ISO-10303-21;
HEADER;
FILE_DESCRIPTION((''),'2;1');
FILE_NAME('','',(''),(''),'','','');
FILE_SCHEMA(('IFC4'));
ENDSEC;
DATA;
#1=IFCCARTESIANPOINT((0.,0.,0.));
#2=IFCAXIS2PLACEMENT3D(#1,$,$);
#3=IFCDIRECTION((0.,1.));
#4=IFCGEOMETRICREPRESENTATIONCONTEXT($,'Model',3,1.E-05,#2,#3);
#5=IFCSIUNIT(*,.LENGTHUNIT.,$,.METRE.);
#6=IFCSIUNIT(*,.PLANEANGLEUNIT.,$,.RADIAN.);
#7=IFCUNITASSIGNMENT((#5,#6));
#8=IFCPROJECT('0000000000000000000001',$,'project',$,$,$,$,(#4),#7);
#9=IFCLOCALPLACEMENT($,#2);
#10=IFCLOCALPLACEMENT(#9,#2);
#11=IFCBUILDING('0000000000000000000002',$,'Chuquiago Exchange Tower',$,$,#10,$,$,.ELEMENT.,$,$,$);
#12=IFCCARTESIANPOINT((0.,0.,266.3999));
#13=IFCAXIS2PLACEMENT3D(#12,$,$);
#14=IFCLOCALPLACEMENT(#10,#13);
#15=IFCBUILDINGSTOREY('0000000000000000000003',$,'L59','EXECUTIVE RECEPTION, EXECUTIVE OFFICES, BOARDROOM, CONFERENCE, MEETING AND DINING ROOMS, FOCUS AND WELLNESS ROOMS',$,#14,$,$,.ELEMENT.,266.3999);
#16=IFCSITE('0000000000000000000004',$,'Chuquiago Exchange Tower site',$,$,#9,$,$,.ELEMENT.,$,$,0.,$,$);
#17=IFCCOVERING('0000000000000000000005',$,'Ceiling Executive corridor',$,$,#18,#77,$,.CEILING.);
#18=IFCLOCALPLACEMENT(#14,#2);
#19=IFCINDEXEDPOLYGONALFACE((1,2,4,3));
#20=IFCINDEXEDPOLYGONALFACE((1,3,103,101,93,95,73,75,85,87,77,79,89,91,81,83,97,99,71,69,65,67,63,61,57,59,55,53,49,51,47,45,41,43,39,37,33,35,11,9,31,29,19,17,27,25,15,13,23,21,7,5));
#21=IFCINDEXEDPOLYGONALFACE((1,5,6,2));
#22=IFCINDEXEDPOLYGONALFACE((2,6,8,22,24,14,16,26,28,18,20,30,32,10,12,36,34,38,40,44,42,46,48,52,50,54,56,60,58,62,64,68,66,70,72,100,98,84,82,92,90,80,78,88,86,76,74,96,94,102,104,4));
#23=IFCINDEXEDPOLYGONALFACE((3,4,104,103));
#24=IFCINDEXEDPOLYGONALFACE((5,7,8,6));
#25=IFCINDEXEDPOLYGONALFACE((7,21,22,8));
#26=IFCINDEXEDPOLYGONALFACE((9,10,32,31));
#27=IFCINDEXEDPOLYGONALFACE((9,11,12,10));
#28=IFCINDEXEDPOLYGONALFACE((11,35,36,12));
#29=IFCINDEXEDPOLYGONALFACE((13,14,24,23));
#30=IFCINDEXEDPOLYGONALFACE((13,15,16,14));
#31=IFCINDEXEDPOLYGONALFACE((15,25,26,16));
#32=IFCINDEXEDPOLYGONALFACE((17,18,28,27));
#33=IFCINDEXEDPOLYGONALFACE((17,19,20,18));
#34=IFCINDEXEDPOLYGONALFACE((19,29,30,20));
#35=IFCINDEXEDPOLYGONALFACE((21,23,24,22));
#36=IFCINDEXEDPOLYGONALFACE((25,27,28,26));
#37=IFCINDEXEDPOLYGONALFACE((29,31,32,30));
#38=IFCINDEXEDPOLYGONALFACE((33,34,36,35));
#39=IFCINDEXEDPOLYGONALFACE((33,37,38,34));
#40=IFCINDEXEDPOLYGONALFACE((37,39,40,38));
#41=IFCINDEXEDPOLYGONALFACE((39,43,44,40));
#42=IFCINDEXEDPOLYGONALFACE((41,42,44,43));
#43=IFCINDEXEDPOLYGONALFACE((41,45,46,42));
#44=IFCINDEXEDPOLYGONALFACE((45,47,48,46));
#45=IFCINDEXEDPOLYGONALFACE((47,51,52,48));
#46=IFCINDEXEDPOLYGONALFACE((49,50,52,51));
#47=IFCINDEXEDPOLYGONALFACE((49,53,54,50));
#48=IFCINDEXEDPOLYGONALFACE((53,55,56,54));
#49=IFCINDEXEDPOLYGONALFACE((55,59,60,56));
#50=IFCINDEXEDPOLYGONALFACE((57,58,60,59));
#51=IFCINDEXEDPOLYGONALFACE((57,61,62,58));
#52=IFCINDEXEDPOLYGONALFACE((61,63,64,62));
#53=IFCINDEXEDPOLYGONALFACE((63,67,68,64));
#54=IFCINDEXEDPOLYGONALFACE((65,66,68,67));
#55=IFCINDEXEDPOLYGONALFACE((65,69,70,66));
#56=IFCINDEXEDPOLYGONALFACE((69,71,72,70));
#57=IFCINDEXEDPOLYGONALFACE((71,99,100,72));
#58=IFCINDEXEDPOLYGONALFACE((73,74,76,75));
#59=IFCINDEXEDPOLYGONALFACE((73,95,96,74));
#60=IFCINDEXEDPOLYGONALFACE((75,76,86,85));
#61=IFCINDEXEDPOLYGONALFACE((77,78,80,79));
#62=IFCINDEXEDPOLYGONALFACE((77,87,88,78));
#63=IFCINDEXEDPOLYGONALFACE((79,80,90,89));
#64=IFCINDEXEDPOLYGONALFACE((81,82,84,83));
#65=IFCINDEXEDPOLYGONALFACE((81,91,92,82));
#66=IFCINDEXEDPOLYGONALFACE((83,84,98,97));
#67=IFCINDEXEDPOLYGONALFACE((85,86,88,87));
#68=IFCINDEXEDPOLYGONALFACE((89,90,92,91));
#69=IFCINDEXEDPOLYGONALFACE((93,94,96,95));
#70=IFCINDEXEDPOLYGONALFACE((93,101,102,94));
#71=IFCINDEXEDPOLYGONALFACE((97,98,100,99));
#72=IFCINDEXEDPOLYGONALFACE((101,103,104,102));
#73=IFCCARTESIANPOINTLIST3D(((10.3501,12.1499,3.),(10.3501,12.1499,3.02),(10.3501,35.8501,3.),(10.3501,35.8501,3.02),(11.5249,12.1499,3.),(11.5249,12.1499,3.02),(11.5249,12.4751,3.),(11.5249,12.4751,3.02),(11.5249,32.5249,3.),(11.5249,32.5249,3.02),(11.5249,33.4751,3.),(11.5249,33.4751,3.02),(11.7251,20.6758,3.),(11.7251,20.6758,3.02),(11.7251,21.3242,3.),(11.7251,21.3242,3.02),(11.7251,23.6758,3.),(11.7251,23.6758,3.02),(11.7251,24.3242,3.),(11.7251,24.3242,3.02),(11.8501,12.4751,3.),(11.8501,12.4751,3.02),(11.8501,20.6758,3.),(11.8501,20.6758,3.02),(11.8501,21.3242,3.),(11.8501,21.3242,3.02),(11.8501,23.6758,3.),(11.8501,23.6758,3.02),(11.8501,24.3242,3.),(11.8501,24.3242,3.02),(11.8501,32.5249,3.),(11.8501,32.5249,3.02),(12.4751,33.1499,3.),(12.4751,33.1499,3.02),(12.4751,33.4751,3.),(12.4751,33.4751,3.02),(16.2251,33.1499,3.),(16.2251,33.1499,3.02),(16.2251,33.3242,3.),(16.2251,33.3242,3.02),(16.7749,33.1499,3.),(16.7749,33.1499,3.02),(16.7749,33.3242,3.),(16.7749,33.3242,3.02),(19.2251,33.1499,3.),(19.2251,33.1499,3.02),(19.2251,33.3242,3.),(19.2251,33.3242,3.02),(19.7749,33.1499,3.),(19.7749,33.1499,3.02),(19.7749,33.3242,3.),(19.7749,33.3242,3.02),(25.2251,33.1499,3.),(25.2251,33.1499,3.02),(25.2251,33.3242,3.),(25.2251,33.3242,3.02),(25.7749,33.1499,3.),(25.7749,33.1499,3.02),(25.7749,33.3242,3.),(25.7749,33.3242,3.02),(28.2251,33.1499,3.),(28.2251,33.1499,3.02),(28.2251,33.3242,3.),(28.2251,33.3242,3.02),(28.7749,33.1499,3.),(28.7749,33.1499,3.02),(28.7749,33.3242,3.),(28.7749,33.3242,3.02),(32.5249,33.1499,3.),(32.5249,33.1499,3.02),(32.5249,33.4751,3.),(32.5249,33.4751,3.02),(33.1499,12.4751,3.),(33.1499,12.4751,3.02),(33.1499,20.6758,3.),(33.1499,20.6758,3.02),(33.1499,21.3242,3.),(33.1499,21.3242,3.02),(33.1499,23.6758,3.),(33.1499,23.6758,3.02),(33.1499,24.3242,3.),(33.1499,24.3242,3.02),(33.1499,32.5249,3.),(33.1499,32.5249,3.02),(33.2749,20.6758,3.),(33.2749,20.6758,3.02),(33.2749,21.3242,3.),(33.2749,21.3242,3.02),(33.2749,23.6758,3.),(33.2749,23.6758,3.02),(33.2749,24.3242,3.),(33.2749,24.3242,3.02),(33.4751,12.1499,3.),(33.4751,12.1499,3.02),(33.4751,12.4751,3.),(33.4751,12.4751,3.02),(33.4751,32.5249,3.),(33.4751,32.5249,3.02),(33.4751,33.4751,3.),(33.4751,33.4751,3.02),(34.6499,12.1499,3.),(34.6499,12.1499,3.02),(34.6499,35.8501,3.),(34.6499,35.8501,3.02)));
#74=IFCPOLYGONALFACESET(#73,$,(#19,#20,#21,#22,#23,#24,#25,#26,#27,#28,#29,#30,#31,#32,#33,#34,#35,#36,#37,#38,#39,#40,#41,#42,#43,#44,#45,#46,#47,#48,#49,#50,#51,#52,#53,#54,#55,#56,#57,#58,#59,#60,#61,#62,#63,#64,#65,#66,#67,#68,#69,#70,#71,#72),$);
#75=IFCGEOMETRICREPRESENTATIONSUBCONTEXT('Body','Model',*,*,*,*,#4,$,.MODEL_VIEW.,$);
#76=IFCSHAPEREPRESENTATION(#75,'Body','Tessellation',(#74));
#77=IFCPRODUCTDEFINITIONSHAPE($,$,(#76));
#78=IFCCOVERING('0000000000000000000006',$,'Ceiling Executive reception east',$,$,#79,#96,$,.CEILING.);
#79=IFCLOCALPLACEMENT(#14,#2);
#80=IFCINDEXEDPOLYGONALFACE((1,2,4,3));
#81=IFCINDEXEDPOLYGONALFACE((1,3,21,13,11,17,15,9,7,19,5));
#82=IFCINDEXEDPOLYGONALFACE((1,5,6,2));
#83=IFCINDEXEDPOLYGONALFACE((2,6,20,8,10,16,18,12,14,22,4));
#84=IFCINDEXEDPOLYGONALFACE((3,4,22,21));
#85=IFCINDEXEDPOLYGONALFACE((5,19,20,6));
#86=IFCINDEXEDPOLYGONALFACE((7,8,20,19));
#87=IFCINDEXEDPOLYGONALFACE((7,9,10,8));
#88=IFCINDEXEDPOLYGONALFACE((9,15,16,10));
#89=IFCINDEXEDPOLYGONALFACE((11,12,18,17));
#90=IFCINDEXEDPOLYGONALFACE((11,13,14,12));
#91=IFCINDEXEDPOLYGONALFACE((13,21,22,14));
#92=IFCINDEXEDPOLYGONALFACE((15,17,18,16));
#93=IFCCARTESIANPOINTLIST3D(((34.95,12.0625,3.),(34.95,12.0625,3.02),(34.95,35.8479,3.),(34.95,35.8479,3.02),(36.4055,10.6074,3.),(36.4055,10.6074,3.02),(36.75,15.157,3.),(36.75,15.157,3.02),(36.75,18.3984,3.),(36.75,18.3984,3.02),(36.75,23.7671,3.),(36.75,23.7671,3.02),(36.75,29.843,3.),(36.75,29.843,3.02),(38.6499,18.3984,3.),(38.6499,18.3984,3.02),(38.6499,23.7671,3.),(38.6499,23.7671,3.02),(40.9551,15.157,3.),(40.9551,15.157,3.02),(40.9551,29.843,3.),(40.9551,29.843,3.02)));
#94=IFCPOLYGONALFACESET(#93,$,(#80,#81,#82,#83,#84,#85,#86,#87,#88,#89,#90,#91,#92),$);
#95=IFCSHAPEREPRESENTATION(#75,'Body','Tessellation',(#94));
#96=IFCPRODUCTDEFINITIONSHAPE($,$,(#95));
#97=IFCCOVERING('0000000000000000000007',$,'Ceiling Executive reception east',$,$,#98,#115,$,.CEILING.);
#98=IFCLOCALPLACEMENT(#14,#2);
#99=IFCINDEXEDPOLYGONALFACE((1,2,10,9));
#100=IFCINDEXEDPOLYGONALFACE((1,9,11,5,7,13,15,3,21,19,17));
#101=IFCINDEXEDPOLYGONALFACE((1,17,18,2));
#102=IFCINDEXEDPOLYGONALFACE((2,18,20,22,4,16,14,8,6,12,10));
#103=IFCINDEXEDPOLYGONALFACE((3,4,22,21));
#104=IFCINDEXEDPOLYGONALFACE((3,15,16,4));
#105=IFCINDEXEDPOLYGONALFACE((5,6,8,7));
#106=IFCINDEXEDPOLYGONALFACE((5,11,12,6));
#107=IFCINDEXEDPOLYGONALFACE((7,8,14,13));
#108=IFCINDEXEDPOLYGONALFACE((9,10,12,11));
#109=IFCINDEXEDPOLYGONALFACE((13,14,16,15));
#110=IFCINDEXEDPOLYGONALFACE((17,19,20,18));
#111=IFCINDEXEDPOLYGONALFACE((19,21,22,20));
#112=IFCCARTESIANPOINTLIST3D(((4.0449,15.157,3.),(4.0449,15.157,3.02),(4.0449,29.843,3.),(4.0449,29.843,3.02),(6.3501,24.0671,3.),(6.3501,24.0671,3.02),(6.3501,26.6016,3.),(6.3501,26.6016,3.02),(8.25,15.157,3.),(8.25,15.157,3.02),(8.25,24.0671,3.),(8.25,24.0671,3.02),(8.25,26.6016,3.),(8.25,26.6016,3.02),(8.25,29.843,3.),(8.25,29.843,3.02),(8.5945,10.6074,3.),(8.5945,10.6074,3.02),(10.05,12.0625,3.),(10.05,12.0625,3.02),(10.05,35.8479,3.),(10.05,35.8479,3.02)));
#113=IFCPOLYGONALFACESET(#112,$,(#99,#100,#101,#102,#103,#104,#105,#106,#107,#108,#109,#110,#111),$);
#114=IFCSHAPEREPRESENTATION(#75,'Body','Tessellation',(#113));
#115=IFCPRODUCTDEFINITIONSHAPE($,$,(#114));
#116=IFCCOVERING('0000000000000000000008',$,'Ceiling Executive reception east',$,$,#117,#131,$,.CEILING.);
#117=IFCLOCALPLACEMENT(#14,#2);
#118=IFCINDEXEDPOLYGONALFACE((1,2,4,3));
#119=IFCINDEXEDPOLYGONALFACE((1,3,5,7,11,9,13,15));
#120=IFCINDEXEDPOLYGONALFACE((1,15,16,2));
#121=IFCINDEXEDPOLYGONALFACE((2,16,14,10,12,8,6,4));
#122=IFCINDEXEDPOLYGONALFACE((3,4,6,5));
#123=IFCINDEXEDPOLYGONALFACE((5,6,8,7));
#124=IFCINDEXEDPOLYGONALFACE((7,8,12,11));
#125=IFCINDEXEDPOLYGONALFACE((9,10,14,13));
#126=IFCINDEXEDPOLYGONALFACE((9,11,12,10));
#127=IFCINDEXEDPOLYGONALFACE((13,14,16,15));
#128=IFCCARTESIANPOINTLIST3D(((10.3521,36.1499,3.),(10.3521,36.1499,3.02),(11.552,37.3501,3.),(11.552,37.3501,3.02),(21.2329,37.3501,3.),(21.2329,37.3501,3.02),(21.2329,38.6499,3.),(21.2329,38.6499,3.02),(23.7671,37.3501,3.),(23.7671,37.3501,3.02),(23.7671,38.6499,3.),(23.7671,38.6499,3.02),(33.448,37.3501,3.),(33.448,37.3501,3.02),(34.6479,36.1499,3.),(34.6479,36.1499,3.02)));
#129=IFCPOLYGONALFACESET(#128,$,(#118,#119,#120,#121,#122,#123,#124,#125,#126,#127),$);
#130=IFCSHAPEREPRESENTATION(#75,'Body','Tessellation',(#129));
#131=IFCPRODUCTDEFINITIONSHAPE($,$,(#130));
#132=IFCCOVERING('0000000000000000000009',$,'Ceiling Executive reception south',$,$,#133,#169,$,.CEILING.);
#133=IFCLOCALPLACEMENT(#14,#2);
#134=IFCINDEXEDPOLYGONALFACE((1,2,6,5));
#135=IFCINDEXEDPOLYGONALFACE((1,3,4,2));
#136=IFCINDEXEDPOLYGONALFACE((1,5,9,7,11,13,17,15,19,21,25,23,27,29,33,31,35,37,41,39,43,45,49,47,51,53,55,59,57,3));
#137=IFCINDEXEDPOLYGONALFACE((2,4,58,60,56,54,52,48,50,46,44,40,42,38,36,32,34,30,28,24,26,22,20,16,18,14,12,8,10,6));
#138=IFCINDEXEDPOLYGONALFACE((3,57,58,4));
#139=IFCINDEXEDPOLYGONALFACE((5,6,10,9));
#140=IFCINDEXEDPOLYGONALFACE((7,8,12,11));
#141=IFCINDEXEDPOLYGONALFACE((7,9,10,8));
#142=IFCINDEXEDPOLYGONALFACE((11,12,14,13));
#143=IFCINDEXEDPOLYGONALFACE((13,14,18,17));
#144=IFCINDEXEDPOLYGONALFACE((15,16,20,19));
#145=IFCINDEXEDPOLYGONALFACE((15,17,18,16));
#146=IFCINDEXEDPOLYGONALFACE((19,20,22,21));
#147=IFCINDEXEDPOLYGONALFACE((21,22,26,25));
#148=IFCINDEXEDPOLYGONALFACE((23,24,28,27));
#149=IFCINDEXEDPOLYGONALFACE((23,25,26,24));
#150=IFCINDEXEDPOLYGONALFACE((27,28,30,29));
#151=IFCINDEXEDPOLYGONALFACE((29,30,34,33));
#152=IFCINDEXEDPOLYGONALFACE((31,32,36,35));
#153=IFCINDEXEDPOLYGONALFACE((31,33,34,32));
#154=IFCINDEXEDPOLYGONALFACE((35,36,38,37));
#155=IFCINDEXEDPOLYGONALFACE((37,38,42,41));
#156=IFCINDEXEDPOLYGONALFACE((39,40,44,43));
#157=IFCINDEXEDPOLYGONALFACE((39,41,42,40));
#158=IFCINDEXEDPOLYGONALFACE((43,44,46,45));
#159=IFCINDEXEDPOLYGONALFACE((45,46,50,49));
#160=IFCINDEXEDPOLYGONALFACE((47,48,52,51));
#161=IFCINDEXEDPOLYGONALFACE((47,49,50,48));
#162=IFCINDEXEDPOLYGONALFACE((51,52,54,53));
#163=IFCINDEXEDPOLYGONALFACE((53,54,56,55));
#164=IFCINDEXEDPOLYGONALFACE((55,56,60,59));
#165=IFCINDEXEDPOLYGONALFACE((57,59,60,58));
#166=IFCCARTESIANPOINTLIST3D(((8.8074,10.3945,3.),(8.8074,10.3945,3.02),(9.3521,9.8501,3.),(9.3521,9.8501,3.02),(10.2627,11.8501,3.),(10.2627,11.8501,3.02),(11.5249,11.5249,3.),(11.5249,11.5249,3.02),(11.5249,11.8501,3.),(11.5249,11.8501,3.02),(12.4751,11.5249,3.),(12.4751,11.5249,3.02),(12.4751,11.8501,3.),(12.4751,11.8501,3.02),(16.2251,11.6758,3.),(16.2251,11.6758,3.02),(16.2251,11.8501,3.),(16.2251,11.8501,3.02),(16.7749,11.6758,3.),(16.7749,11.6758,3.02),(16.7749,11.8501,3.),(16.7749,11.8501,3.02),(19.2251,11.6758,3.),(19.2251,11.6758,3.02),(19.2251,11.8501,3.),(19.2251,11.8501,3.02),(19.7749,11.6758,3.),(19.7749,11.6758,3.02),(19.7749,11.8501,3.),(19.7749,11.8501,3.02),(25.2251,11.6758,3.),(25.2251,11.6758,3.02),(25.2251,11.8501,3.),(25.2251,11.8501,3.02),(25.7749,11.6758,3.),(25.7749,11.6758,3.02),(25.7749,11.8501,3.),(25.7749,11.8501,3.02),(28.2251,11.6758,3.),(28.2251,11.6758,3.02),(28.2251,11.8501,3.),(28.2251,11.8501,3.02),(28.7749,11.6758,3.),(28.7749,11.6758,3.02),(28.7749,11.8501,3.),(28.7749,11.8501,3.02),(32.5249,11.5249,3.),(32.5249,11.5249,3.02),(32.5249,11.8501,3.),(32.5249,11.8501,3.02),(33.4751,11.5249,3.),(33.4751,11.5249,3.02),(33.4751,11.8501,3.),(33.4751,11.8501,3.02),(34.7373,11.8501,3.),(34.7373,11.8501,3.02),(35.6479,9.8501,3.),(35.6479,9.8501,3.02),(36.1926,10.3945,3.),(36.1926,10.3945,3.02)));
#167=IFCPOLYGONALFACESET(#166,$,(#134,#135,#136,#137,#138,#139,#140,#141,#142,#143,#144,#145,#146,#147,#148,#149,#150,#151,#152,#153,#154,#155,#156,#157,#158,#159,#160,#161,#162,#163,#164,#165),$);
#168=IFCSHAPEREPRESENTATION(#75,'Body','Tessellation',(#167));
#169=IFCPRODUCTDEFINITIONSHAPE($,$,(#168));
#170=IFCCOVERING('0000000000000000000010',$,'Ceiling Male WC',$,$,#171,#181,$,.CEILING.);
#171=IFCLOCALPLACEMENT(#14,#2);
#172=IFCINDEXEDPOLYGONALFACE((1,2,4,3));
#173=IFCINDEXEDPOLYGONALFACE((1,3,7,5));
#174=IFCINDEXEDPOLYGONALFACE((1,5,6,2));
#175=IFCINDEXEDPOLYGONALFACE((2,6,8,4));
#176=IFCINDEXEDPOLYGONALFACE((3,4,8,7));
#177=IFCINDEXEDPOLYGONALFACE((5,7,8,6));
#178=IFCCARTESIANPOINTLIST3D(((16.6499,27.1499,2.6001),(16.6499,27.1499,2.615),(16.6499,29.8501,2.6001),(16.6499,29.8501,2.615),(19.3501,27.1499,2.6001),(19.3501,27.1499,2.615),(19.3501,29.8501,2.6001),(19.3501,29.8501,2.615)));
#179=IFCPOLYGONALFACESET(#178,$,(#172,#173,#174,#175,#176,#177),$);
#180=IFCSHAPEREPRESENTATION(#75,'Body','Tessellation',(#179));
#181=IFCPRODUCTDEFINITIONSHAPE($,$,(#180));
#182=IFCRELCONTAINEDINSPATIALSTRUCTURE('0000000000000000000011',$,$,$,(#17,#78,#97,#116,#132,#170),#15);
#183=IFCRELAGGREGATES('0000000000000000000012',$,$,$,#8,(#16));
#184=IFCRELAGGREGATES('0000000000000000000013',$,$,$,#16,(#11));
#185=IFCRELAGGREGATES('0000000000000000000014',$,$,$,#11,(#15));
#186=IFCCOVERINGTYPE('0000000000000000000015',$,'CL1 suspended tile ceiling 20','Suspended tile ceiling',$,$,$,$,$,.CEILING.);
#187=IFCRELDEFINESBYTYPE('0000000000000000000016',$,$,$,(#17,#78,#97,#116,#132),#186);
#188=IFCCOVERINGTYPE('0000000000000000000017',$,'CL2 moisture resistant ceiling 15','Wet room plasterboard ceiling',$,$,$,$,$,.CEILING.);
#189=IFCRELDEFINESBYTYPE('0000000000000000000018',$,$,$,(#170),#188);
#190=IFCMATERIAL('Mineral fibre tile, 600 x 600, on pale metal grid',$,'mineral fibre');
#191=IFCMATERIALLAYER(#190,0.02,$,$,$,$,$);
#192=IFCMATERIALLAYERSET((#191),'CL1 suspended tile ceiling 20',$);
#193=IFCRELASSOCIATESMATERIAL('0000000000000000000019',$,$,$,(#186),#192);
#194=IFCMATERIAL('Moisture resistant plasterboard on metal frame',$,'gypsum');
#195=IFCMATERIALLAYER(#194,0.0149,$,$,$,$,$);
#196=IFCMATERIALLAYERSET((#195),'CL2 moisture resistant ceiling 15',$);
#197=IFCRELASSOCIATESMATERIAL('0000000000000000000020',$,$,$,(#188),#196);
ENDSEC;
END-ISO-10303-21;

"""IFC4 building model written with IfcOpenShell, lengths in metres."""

from ifc_helpers import new_model, si_unit, direction, frame, origin, place, context, subcontext, project, spatial, polyline, outline, extrude, material, layer, layer_set, type_object, element, save


model = new_model("IFC4")

# Units and contexts
model_context = context("Model", 3, precision=1e-05, world=origin(), true_north=direction((0.0, 1.0)))
body_context = subcontext(model_context, "Body", "Model", "MODEL_VIEW")
ifc_project = project(units=[si_unit("LENGTHUNIT", "METRE"), si_unit("PLANEANGLEUNIT", "RADIAN")], contexts=[model_context])

# Site, building, storey
site_placement = place(None, origin())
site = spatial("IfcSite", under=ifc_project, at=site_placement, Name="Chuquiago Exchange Tower site", CompositionType="ELEMENT", RefElevation=0.0)
building_placement = place(site_placement, origin())
building = spatial("IfcBuilding", under=site, at=building_placement, Name="Chuquiago Exchange Tower", CompositionType="ELEMENT")
storey_placement = place(building_placement, frame((0.0, 0.0, 266.3999)))
storey = spatial("IfcBuildingStorey", under=building, at=storey_placement, Name="L59", Description="EXECUTIVE RECEPTION, EXECUTIVE OFFICES, BOARDROOM, CONFERENCE, MEETING AND DINING ROOMS, FOCUS AND WELLNESS ROOMS", CompositionType="ELEMENT", Elevation=266.3999)

# Coverings
ifc_material_1 = material(Name="Mineral fibre tile, 600 x 600, on pale metal grid", Category="mineral fibre")
ifc_layer_1 = layer(ifc_material_1, 0.02)
ifc_layer_set_1 = layer_set([ifc_layer_1], Name="CL1 suspended tile ceiling 20")
covering_type_1 = type_object("IfcCoveringType", Name="CL1 suspended tile ceiling 20", Description="Suspended tile ceiling", PredefinedType="CEILING", material=ifc_layer_set_1)
covering_1_placement = place(storey_placement, frame((0.0, 0.0, 3.0)))
element("IfcCovering", 1, at=covering_1_placement, inside=storey, type_object=covering_type_1, Name="Ceiling Executive corridor", PredefinedType="CEILING", context=body_context, shape_type="SweptSolid", body=[
    extrude(outline(polyline([(10.3501, 12.1499), (10.3501, 35.8501), (34.6499, 35.8501), (34.6499, 12.1499), (33.4751, 12.1499), (33.4751, 12.4751), (33.1499, 12.4751), (33.1499, 20.6758), (33.2749, 20.6758), (33.2749, 21.3242), (33.1499, 21.3242), (33.1499, 23.6758), (33.2749, 23.6758), (33.2749, 24.3242), (33.1499, 24.3242), (33.1499, 32.5249), (33.4751, 32.5249), (33.4751, 33.4751), (32.5249, 33.4751), (32.5249, 33.1499), (28.7749, 33.1499), (28.7749, 33.3242), (28.2251, 33.3242), (28.2251, 33.1499), (25.7749, 33.1499), (25.7749, 33.3242), (25.2251, 33.3242), (25.2251, 33.1499), (19.7749, 33.1499), (19.7749, 33.3242), (19.2251, 33.3242), (19.2251, 33.1499), (16.7749, 33.1499), (16.7749, 33.3242), (16.2251, 33.3242), (16.2251, 33.1499), (12.4751, 33.1499), (12.4751, 33.4751), (11.5249, 33.4751), (11.5249, 32.5249), (11.8501, 32.5249), (11.8501, 24.3242), (11.7251, 24.3242), (11.7251, 23.6758), (11.8501, 23.6758), (11.8501, 21.3242), (11.7251, 21.3242), (11.7251, 20.6758), (11.8501, 20.6758), (11.8501, 12.4751), (11.5249, 12.4751), (11.5249, 12.1499), (10.3501, 12.1499)])), origin(), (0.0, 0.0, 1.0), 0.02),
])
covering_2_placement = place(storey_placement, frame((0.0, 0.0, 3.0)))
element("IfcCovering", 2, at=covering_2_placement, inside=storey, type_object=covering_type_1, Name="Ceiling Executive reception east", PredefinedType="CEILING", context=body_context, shape_type="SweptSolid", body=[
    extrude(outline(polyline([(40.9551, 29.843), (36.75, 29.843), (36.75, 23.7671), (38.6499, 23.7671), (38.6499, 18.3984), (36.75, 18.3984), (36.75, 15.157), (40.9551, 15.157), (36.4055, 10.6074), (34.95, 12.0625), (34.95, 35.8479), (40.9551, 29.843)])), origin(), (0.0, 0.0, 1.0), 0.02),
])
covering_3_placement = place(storey_placement, frame((0.0, 0.0, 3.0)))
element("IfcCovering", 3, at=covering_3_placement, inside=storey, type_object=covering_type_1, Name="Ceiling Executive reception east", PredefinedType="CEILING", context=body_context, shape_type="SweptSolid", body=[
    extrude(outline(polyline([(10.05, 35.8479), (10.05, 12.0625), (8.5945, 10.6074), (4.0449, 15.157), (8.25, 15.157), (8.25, 24.0671), (6.3501, 24.0671), (6.3501, 26.6016), (8.25, 26.6016), (8.25, 29.843), (4.0449, 29.843), (10.05, 35.8479)])), origin(), (0.0, 0.0, 1.0), 0.02),
])
covering_4_placement = place(storey_placement, frame((0.0, 0.0, 3.0)))
element("IfcCovering", 4, at=covering_4_placement, inside=storey, type_object=covering_type_1, Name="Ceiling Executive reception east", PredefinedType="CEILING", context=body_context, shape_type="SweptSolid", body=[
    extrude(outline(polyline([(11.552, 37.3501), (21.2329, 37.3501), (21.2329, 38.6499), (23.7671, 38.6499), (23.7671, 37.3501), (33.448, 37.3501), (34.6479, 36.1499), (10.3521, 36.1499), (11.552, 37.3501)])), origin(), (0.0, 0.0, 1.0), 0.02),
])
covering_5_placement = place(storey_placement, frame((0.0, 0.0, 3.0)))
element("IfcCovering", 5, at=covering_5_placement, inside=storey, type_object=covering_type_1, Name="Ceiling Executive reception south", PredefinedType="CEILING", context=body_context, shape_type="SweptSolid", body=[
    extrude(outline(polyline([(8.8074, 10.3945), (10.2627, 11.8501), (11.5249, 11.8501), (11.5249, 11.5249), (12.4751, 11.5249), (12.4751, 11.8501), (16.2251, 11.8501), (16.2251, 11.6758), (16.7749, 11.6758), (16.7749, 11.8501), (19.2251, 11.8501), (19.2251, 11.6758), (19.7749, 11.6758), (19.7749, 11.8501), (25.2251, 11.8501), (25.2251, 11.6758), (25.7749, 11.6758), (25.7749, 11.8501), (28.2251, 11.8501), (28.2251, 11.6758), (28.7749, 11.6758), (28.7749, 11.8501), (32.5249, 11.8501), (32.5249, 11.5249), (33.4751, 11.5249), (33.4751, 11.8501), (34.7373, 11.8501), (36.1926, 10.3945), (35.6479, 9.8501), (9.3521, 9.8501), (8.8074, 10.3945)])), origin(), (0.0, 0.0, 1.0), 0.02),
])
ifc_material_2 = material(Name="Moisture resistant plasterboard on metal frame", Category="gypsum")
ifc_layer_2 = layer(ifc_material_2, 0.0149)
ifc_layer_set_2 = layer_set([ifc_layer_2], Name="CL2 moisture resistant ceiling 15")
covering_type_2 = type_object("IfcCoveringType", Name="CL2 moisture resistant ceiling 15", Description="Wet room plasterboard ceiling", PredefinedType="CEILING", material=ifc_layer_set_2)
covering_6_placement = place(storey_placement, frame((0.0, 0.0, 2.6001)))
element("IfcCovering", 6, at=covering_6_placement, inside=storey, type_object=covering_type_2, Name="Ceiling Male WC", PredefinedType="CEILING", context=body_context, shape_type="SweptSolid", body=[
    extrude(outline(polyline([(16.6499, 27.1499), (16.6499, 29.8501), (19.3501, 29.8501), (19.3501, 27.1499), (16.6499, 27.1499)])), origin(), (0.0, 0.0, 1.0), 0.0149),
])

save(model, "model.ifc")
